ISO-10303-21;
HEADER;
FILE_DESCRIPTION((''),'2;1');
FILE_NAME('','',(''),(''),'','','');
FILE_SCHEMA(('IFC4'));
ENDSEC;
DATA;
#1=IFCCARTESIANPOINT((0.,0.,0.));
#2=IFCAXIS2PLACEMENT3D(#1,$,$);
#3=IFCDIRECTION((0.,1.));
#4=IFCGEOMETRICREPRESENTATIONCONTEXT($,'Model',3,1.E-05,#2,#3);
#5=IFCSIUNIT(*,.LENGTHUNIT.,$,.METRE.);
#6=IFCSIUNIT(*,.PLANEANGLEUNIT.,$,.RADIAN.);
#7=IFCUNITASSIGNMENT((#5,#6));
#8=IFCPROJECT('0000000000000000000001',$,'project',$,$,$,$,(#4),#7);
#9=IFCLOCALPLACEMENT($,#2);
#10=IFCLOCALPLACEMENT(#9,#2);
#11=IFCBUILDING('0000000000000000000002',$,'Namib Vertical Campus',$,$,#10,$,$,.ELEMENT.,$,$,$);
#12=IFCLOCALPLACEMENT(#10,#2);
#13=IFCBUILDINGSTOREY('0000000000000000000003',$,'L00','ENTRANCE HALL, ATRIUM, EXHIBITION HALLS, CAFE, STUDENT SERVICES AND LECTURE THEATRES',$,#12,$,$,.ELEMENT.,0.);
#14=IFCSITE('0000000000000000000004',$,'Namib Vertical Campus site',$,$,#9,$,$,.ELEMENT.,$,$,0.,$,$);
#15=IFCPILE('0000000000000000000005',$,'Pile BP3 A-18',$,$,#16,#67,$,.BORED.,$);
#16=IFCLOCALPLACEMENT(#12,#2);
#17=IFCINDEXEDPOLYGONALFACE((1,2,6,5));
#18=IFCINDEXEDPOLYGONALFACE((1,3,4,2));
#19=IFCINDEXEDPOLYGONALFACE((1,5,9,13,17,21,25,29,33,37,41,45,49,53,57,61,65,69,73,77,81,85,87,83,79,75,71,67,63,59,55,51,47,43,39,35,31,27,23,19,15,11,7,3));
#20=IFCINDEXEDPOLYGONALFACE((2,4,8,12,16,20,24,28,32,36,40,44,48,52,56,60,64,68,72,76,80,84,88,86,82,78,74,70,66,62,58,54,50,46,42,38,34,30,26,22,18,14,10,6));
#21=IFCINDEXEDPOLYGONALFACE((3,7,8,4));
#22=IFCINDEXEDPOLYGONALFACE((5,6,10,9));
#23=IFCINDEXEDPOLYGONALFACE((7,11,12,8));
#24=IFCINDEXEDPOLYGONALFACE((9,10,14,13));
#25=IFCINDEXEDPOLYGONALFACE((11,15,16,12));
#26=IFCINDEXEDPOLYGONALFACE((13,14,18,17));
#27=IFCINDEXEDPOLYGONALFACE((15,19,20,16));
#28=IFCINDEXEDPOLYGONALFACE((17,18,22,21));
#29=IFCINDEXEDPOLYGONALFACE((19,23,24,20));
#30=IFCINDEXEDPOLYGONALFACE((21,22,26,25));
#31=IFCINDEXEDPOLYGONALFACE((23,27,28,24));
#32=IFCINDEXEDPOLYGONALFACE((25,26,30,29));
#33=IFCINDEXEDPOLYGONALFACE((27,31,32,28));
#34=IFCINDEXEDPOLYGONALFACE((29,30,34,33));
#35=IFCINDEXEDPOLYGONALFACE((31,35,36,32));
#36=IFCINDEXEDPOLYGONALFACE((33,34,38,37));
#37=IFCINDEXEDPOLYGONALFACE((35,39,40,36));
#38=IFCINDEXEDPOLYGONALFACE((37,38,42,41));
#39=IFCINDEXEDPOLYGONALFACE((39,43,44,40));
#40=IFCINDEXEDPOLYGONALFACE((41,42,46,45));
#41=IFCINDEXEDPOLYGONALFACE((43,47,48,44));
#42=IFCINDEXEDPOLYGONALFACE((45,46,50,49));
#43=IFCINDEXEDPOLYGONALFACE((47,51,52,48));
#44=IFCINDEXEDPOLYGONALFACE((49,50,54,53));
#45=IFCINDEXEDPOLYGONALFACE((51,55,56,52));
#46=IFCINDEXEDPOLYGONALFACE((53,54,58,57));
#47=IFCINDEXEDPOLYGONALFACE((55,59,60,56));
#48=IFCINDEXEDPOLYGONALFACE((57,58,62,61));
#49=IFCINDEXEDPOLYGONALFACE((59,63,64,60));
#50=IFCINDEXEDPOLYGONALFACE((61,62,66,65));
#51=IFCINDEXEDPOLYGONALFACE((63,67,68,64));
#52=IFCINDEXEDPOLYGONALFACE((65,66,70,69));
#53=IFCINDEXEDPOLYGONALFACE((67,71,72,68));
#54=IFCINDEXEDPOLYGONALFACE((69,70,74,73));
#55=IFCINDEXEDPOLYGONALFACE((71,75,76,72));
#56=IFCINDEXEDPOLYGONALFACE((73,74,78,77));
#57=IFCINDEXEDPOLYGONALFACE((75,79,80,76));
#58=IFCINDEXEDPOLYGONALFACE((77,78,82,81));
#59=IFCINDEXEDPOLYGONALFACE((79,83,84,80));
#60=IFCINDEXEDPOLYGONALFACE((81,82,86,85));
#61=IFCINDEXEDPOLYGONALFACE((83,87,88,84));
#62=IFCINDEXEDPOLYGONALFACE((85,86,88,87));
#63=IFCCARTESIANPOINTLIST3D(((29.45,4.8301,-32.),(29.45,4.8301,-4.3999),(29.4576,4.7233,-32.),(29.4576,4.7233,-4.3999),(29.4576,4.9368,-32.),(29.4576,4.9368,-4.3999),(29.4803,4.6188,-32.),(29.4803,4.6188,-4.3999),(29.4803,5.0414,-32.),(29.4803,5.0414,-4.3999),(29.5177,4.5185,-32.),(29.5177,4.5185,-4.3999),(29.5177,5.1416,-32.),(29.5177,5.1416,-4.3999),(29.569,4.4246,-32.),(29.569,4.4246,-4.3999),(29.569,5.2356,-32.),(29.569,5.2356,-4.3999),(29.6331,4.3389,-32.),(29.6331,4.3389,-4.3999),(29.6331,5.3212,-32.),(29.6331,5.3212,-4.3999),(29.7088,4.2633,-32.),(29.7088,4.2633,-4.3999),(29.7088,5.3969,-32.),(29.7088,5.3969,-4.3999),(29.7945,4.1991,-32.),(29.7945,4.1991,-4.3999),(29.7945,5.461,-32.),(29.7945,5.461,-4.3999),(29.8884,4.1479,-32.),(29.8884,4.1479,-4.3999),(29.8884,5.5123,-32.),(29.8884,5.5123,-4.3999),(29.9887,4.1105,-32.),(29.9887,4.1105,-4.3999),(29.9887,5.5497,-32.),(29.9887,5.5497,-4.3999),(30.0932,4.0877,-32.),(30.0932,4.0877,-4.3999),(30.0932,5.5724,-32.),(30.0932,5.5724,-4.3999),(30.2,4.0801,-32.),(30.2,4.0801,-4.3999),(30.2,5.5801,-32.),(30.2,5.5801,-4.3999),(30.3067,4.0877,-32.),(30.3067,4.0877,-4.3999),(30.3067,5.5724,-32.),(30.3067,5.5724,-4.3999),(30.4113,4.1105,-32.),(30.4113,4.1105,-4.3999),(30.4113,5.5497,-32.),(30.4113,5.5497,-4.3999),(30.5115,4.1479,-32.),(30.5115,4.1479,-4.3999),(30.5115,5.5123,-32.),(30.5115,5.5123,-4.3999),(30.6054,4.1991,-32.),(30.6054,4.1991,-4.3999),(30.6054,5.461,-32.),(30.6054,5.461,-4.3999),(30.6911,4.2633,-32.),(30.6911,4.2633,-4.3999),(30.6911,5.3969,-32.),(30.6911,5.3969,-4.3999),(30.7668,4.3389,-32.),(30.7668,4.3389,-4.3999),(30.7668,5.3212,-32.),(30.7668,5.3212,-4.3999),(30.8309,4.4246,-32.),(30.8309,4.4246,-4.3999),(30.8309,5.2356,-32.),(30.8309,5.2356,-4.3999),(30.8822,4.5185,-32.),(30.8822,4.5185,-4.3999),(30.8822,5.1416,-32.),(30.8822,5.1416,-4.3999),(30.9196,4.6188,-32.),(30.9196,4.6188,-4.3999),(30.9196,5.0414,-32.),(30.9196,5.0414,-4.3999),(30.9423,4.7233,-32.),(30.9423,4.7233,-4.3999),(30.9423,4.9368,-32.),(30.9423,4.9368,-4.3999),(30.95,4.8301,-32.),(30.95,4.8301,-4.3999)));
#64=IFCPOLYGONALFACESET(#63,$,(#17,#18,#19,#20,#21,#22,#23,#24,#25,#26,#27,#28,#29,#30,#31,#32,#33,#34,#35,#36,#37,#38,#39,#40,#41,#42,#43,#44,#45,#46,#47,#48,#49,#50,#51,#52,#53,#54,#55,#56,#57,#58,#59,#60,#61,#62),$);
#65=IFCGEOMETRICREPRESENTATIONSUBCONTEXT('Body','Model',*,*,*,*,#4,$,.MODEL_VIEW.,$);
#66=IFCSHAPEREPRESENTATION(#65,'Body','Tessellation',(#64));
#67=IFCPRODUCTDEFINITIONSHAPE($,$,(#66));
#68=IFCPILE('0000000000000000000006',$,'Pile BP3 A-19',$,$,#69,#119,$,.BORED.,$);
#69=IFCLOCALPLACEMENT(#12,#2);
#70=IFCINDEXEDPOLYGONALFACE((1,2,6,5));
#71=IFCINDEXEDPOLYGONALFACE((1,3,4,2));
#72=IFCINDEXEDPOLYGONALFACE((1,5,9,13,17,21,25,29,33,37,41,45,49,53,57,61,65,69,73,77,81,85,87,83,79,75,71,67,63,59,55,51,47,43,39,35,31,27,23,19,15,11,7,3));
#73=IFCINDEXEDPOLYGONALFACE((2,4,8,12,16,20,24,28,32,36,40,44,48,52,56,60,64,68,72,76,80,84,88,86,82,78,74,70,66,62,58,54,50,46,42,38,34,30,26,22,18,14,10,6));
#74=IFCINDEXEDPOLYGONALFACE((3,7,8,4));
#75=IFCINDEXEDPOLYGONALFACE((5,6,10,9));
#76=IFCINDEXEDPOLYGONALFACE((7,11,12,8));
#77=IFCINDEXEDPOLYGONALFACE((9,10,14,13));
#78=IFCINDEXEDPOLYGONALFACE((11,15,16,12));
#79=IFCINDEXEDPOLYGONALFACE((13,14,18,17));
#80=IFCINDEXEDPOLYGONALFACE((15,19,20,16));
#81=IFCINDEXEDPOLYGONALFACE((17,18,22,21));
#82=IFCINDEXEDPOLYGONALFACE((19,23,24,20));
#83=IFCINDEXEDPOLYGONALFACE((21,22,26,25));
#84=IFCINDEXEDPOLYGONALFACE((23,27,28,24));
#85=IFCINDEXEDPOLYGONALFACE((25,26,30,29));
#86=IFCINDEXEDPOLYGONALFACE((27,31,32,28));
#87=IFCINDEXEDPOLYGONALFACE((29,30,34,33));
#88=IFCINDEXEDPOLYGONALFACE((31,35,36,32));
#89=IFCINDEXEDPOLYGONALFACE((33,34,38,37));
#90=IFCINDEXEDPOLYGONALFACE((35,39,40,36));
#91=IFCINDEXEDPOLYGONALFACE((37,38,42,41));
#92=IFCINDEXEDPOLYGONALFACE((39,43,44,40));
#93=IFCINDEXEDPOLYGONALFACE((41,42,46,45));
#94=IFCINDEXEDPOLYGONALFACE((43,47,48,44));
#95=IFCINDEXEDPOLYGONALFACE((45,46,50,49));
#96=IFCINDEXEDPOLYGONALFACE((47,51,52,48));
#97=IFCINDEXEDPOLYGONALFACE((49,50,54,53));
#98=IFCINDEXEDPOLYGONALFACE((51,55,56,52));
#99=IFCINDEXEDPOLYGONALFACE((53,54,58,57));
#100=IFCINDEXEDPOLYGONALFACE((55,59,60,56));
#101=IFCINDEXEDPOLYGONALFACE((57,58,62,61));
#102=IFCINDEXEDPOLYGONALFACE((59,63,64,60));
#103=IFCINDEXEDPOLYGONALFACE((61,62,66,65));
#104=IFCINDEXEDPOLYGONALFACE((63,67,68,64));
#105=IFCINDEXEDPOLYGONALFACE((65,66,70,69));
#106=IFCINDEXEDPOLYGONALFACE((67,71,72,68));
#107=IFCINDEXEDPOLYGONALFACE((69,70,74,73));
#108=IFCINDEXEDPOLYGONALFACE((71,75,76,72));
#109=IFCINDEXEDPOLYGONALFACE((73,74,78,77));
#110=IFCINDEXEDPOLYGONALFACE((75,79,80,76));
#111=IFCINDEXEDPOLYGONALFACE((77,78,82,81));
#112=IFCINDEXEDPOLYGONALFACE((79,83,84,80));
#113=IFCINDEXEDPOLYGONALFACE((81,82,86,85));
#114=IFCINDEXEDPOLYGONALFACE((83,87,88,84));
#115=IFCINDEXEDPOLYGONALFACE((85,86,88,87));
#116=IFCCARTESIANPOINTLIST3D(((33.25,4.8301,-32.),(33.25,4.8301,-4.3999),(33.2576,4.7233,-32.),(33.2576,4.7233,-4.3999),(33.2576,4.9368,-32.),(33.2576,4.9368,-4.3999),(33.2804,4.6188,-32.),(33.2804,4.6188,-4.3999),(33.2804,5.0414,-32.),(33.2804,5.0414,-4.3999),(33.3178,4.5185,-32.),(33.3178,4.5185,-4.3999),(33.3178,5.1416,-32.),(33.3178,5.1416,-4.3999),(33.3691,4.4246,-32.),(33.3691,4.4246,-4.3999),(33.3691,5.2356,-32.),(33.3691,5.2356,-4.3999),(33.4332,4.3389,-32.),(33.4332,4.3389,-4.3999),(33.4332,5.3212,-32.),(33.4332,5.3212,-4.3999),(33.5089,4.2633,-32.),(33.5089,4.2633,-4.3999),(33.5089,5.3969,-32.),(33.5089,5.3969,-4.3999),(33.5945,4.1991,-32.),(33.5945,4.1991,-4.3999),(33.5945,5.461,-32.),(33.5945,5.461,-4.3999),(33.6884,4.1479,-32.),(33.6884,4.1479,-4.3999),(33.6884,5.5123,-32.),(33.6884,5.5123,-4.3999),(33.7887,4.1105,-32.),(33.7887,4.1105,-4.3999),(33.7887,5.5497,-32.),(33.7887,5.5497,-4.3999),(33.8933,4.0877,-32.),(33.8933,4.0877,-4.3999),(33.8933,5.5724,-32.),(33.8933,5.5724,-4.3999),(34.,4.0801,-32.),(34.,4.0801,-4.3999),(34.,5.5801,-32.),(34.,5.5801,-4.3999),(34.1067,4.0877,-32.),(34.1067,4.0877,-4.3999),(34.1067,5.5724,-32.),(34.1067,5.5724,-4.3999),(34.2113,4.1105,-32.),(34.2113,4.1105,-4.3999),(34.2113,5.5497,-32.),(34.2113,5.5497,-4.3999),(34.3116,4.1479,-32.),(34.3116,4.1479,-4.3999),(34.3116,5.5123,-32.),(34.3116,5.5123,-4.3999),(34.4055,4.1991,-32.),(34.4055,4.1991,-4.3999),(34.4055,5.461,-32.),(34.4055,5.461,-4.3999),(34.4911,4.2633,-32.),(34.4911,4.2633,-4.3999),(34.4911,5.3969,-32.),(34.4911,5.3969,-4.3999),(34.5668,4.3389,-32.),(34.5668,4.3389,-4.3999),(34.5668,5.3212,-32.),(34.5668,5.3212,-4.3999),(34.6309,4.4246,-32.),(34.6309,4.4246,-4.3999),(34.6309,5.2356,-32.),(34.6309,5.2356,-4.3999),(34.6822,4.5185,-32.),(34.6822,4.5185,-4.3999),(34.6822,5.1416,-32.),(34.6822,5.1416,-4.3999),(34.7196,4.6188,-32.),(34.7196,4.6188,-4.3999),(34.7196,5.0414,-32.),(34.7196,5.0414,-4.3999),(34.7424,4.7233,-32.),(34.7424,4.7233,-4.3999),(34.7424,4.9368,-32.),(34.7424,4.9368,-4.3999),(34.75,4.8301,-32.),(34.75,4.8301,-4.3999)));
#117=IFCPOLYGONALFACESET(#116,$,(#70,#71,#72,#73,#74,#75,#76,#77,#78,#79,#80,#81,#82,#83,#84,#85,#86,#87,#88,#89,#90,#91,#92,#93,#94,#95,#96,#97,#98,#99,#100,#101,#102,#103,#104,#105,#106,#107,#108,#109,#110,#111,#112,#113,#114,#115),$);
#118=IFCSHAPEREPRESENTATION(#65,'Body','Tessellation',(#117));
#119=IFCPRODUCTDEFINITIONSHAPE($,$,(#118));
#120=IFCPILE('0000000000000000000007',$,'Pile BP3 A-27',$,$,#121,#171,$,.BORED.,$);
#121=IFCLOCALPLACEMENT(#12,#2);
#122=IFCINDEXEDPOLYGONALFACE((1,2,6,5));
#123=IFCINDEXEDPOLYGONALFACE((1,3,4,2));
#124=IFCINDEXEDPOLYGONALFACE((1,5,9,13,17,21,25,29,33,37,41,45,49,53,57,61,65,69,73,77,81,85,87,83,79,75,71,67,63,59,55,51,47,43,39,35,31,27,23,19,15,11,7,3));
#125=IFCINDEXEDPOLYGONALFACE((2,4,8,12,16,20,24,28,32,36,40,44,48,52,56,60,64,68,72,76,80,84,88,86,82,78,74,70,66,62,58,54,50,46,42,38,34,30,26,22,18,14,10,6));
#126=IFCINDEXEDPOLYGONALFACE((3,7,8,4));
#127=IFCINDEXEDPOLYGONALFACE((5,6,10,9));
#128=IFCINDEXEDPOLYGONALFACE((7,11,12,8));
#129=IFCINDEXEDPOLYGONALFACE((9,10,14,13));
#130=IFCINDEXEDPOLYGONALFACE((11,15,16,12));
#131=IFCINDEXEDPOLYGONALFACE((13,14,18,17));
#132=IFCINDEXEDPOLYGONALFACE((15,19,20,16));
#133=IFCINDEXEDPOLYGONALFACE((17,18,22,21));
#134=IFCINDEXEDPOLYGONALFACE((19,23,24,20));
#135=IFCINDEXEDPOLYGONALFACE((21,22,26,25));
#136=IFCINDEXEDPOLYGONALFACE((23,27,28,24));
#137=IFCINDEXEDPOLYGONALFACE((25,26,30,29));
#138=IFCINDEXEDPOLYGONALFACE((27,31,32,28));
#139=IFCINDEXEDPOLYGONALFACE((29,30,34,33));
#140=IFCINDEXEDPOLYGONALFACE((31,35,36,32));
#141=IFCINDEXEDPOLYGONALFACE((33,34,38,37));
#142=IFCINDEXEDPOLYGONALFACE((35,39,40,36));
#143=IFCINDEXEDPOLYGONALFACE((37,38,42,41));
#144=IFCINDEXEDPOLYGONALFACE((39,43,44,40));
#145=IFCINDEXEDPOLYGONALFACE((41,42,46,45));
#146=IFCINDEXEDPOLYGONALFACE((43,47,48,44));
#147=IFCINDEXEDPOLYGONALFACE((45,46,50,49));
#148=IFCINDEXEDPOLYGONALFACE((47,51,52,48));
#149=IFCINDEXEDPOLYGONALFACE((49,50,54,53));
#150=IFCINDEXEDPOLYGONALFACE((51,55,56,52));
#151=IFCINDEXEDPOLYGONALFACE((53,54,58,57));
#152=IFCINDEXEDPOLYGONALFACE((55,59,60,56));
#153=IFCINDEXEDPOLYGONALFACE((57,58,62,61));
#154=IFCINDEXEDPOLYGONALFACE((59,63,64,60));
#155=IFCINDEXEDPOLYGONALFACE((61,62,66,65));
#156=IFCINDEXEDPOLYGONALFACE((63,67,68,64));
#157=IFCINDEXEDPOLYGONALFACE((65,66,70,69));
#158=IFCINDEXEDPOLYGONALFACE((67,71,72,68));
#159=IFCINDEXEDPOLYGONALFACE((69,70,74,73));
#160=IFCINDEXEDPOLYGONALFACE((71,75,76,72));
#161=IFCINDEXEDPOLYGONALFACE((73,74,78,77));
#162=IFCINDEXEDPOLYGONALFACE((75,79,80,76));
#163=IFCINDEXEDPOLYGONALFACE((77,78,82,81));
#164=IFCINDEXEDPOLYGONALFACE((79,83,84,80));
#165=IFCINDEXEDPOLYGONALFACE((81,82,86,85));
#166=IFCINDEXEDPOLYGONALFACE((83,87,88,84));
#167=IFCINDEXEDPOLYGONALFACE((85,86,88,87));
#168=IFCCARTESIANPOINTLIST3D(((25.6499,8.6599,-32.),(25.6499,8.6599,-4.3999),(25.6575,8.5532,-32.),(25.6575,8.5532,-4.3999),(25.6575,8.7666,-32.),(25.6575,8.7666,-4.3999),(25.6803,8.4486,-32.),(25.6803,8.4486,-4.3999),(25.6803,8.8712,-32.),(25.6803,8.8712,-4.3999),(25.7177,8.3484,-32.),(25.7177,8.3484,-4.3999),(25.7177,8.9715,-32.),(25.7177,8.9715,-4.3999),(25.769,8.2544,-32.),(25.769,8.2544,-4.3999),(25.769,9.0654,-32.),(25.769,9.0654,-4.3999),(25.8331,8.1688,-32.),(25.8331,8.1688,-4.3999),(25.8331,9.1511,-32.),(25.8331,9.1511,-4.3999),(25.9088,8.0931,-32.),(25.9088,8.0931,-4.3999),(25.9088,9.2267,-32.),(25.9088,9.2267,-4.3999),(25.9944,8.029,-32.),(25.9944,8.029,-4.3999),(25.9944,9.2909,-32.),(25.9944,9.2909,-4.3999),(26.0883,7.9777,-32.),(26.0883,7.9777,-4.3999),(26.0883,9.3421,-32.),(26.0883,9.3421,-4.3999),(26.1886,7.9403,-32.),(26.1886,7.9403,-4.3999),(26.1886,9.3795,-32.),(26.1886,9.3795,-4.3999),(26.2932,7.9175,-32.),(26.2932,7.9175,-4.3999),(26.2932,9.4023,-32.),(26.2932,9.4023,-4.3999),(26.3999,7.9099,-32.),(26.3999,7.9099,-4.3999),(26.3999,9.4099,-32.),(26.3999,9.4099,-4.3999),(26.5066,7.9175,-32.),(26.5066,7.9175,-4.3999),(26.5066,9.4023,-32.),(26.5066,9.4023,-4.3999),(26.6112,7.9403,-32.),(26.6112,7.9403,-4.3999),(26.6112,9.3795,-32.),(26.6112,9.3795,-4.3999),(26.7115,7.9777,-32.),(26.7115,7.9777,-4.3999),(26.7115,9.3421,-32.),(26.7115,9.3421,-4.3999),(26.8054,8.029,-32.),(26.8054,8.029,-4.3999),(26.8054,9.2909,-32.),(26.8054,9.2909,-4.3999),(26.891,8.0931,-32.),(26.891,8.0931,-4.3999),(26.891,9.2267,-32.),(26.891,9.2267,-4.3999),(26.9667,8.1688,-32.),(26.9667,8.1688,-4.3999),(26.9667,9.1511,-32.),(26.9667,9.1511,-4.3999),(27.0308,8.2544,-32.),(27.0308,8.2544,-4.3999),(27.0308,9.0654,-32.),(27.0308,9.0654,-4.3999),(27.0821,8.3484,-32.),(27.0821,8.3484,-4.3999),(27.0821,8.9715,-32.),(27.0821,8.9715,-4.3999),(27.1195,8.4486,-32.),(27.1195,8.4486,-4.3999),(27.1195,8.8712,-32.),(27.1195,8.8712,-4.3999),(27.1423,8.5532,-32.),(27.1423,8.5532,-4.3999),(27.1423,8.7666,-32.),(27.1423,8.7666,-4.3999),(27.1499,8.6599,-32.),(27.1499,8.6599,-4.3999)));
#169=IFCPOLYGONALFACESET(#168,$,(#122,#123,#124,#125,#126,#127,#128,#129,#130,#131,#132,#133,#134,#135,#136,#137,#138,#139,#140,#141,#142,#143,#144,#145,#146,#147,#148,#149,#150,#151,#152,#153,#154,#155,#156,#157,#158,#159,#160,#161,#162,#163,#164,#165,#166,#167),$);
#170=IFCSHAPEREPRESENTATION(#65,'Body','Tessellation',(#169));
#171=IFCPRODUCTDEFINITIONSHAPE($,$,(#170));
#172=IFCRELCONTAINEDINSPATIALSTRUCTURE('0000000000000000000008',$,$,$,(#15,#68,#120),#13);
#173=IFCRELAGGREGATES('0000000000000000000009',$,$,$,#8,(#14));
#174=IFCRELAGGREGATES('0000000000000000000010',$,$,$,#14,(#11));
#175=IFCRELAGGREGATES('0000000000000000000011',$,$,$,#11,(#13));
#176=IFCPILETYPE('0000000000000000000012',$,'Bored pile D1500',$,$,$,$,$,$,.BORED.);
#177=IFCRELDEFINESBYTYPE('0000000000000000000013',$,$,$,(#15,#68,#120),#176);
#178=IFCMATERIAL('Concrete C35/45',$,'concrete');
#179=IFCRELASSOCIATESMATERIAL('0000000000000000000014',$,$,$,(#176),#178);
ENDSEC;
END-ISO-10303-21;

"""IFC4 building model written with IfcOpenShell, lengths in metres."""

from ifc_helpers import new_model, si_unit, direction, frame, origin, origin_2d, place, context, subcontext, project, spatial, circle, extrude, material, material_profile, profile_set, type_object, element, save


model = new_model("IFC4")

# Units and contexts
model_context = context("Model", 3, precision=1e-05, world=origin(), true_north=direction((0.0, 1.0)))
body_context = subcontext(model_context, "Body", "Model", "MODEL_VIEW")
ifc_project = project(units=[si_unit("LENGTHUNIT", "METRE"), si_unit("PLANEANGLEUNIT", "RADIAN")], contexts=[model_context])

# Site, building, storey
site_placement = place(None, origin())
site = spatial("IfcSite", under=ifc_project, at=site_placement, Name="Namib Vertical Campus site", CompositionType="ELEMENT", RefElevation=0.0)
building_placement = place(site_placement, origin())
building = spatial("IfcBuilding", under=site, at=building_placement, Name="Namib Vertical Campus", CompositionType="ELEMENT")
storey_placement = place(building_placement, origin())
storey = spatial("IfcBuildingStorey", under=building, at=storey_placement, Name="L00", Description="ENTRANCE HALL, ATRIUM, EXHIBITION HALLS, CAFE, STUDENT SERVICES AND LECTURE THEATRES", CompositionType="ELEMENT", Elevation=0.0)

# Piles
ifc_material_1 = material(Name="Concrete C35/45", Category="concrete")
ifc_material_profile_1 = material_profile(ifc_material_1, circle(Radius=0.75, at=origin_2d()))
ifc_profile_set_1 = profile_set([ifc_material_profile_1], Name="Concrete C35/45")
pile_type = type_object("IfcPileType", Name="Bored pile D1500", PredefinedType="BORED", material=ifc_profile_set_1)
for number, where, z_axis, x_axis, name in (
    (1, (30.2, 4.8301, -4.3999), (0.0, 0.0, -1.0), (1.0, 0.0, 0.0), "Pile BP3 A-18"),
    (2, (34.0, 4.8301, -4.3999), (0.0, 0.0, -1.0), (1.0, 0.0, 0.0), "Pile BP3 A-19"),
    (3, (26.3999, 8.6599, -4.3999), (0.0, 0.0, -1.0), (1.0, 0.0, 0.0), "Pile BP3 A-27"),
):
    element("IfcPile", number, at=place(storey_placement, frame(where, z_axis=z_axis, x_axis=x_axis)), inside=storey, type_object=pile_type, Name=name, PredefinedType="BORED", context=body_context, shape_type="SweptSolid", body=[
        extrude(circle(Radius=0.75, at=origin_2d()), origin(), (0.0, 0.0, 1.0), 27.6001),
    ])

save(model, "model.ifc")
